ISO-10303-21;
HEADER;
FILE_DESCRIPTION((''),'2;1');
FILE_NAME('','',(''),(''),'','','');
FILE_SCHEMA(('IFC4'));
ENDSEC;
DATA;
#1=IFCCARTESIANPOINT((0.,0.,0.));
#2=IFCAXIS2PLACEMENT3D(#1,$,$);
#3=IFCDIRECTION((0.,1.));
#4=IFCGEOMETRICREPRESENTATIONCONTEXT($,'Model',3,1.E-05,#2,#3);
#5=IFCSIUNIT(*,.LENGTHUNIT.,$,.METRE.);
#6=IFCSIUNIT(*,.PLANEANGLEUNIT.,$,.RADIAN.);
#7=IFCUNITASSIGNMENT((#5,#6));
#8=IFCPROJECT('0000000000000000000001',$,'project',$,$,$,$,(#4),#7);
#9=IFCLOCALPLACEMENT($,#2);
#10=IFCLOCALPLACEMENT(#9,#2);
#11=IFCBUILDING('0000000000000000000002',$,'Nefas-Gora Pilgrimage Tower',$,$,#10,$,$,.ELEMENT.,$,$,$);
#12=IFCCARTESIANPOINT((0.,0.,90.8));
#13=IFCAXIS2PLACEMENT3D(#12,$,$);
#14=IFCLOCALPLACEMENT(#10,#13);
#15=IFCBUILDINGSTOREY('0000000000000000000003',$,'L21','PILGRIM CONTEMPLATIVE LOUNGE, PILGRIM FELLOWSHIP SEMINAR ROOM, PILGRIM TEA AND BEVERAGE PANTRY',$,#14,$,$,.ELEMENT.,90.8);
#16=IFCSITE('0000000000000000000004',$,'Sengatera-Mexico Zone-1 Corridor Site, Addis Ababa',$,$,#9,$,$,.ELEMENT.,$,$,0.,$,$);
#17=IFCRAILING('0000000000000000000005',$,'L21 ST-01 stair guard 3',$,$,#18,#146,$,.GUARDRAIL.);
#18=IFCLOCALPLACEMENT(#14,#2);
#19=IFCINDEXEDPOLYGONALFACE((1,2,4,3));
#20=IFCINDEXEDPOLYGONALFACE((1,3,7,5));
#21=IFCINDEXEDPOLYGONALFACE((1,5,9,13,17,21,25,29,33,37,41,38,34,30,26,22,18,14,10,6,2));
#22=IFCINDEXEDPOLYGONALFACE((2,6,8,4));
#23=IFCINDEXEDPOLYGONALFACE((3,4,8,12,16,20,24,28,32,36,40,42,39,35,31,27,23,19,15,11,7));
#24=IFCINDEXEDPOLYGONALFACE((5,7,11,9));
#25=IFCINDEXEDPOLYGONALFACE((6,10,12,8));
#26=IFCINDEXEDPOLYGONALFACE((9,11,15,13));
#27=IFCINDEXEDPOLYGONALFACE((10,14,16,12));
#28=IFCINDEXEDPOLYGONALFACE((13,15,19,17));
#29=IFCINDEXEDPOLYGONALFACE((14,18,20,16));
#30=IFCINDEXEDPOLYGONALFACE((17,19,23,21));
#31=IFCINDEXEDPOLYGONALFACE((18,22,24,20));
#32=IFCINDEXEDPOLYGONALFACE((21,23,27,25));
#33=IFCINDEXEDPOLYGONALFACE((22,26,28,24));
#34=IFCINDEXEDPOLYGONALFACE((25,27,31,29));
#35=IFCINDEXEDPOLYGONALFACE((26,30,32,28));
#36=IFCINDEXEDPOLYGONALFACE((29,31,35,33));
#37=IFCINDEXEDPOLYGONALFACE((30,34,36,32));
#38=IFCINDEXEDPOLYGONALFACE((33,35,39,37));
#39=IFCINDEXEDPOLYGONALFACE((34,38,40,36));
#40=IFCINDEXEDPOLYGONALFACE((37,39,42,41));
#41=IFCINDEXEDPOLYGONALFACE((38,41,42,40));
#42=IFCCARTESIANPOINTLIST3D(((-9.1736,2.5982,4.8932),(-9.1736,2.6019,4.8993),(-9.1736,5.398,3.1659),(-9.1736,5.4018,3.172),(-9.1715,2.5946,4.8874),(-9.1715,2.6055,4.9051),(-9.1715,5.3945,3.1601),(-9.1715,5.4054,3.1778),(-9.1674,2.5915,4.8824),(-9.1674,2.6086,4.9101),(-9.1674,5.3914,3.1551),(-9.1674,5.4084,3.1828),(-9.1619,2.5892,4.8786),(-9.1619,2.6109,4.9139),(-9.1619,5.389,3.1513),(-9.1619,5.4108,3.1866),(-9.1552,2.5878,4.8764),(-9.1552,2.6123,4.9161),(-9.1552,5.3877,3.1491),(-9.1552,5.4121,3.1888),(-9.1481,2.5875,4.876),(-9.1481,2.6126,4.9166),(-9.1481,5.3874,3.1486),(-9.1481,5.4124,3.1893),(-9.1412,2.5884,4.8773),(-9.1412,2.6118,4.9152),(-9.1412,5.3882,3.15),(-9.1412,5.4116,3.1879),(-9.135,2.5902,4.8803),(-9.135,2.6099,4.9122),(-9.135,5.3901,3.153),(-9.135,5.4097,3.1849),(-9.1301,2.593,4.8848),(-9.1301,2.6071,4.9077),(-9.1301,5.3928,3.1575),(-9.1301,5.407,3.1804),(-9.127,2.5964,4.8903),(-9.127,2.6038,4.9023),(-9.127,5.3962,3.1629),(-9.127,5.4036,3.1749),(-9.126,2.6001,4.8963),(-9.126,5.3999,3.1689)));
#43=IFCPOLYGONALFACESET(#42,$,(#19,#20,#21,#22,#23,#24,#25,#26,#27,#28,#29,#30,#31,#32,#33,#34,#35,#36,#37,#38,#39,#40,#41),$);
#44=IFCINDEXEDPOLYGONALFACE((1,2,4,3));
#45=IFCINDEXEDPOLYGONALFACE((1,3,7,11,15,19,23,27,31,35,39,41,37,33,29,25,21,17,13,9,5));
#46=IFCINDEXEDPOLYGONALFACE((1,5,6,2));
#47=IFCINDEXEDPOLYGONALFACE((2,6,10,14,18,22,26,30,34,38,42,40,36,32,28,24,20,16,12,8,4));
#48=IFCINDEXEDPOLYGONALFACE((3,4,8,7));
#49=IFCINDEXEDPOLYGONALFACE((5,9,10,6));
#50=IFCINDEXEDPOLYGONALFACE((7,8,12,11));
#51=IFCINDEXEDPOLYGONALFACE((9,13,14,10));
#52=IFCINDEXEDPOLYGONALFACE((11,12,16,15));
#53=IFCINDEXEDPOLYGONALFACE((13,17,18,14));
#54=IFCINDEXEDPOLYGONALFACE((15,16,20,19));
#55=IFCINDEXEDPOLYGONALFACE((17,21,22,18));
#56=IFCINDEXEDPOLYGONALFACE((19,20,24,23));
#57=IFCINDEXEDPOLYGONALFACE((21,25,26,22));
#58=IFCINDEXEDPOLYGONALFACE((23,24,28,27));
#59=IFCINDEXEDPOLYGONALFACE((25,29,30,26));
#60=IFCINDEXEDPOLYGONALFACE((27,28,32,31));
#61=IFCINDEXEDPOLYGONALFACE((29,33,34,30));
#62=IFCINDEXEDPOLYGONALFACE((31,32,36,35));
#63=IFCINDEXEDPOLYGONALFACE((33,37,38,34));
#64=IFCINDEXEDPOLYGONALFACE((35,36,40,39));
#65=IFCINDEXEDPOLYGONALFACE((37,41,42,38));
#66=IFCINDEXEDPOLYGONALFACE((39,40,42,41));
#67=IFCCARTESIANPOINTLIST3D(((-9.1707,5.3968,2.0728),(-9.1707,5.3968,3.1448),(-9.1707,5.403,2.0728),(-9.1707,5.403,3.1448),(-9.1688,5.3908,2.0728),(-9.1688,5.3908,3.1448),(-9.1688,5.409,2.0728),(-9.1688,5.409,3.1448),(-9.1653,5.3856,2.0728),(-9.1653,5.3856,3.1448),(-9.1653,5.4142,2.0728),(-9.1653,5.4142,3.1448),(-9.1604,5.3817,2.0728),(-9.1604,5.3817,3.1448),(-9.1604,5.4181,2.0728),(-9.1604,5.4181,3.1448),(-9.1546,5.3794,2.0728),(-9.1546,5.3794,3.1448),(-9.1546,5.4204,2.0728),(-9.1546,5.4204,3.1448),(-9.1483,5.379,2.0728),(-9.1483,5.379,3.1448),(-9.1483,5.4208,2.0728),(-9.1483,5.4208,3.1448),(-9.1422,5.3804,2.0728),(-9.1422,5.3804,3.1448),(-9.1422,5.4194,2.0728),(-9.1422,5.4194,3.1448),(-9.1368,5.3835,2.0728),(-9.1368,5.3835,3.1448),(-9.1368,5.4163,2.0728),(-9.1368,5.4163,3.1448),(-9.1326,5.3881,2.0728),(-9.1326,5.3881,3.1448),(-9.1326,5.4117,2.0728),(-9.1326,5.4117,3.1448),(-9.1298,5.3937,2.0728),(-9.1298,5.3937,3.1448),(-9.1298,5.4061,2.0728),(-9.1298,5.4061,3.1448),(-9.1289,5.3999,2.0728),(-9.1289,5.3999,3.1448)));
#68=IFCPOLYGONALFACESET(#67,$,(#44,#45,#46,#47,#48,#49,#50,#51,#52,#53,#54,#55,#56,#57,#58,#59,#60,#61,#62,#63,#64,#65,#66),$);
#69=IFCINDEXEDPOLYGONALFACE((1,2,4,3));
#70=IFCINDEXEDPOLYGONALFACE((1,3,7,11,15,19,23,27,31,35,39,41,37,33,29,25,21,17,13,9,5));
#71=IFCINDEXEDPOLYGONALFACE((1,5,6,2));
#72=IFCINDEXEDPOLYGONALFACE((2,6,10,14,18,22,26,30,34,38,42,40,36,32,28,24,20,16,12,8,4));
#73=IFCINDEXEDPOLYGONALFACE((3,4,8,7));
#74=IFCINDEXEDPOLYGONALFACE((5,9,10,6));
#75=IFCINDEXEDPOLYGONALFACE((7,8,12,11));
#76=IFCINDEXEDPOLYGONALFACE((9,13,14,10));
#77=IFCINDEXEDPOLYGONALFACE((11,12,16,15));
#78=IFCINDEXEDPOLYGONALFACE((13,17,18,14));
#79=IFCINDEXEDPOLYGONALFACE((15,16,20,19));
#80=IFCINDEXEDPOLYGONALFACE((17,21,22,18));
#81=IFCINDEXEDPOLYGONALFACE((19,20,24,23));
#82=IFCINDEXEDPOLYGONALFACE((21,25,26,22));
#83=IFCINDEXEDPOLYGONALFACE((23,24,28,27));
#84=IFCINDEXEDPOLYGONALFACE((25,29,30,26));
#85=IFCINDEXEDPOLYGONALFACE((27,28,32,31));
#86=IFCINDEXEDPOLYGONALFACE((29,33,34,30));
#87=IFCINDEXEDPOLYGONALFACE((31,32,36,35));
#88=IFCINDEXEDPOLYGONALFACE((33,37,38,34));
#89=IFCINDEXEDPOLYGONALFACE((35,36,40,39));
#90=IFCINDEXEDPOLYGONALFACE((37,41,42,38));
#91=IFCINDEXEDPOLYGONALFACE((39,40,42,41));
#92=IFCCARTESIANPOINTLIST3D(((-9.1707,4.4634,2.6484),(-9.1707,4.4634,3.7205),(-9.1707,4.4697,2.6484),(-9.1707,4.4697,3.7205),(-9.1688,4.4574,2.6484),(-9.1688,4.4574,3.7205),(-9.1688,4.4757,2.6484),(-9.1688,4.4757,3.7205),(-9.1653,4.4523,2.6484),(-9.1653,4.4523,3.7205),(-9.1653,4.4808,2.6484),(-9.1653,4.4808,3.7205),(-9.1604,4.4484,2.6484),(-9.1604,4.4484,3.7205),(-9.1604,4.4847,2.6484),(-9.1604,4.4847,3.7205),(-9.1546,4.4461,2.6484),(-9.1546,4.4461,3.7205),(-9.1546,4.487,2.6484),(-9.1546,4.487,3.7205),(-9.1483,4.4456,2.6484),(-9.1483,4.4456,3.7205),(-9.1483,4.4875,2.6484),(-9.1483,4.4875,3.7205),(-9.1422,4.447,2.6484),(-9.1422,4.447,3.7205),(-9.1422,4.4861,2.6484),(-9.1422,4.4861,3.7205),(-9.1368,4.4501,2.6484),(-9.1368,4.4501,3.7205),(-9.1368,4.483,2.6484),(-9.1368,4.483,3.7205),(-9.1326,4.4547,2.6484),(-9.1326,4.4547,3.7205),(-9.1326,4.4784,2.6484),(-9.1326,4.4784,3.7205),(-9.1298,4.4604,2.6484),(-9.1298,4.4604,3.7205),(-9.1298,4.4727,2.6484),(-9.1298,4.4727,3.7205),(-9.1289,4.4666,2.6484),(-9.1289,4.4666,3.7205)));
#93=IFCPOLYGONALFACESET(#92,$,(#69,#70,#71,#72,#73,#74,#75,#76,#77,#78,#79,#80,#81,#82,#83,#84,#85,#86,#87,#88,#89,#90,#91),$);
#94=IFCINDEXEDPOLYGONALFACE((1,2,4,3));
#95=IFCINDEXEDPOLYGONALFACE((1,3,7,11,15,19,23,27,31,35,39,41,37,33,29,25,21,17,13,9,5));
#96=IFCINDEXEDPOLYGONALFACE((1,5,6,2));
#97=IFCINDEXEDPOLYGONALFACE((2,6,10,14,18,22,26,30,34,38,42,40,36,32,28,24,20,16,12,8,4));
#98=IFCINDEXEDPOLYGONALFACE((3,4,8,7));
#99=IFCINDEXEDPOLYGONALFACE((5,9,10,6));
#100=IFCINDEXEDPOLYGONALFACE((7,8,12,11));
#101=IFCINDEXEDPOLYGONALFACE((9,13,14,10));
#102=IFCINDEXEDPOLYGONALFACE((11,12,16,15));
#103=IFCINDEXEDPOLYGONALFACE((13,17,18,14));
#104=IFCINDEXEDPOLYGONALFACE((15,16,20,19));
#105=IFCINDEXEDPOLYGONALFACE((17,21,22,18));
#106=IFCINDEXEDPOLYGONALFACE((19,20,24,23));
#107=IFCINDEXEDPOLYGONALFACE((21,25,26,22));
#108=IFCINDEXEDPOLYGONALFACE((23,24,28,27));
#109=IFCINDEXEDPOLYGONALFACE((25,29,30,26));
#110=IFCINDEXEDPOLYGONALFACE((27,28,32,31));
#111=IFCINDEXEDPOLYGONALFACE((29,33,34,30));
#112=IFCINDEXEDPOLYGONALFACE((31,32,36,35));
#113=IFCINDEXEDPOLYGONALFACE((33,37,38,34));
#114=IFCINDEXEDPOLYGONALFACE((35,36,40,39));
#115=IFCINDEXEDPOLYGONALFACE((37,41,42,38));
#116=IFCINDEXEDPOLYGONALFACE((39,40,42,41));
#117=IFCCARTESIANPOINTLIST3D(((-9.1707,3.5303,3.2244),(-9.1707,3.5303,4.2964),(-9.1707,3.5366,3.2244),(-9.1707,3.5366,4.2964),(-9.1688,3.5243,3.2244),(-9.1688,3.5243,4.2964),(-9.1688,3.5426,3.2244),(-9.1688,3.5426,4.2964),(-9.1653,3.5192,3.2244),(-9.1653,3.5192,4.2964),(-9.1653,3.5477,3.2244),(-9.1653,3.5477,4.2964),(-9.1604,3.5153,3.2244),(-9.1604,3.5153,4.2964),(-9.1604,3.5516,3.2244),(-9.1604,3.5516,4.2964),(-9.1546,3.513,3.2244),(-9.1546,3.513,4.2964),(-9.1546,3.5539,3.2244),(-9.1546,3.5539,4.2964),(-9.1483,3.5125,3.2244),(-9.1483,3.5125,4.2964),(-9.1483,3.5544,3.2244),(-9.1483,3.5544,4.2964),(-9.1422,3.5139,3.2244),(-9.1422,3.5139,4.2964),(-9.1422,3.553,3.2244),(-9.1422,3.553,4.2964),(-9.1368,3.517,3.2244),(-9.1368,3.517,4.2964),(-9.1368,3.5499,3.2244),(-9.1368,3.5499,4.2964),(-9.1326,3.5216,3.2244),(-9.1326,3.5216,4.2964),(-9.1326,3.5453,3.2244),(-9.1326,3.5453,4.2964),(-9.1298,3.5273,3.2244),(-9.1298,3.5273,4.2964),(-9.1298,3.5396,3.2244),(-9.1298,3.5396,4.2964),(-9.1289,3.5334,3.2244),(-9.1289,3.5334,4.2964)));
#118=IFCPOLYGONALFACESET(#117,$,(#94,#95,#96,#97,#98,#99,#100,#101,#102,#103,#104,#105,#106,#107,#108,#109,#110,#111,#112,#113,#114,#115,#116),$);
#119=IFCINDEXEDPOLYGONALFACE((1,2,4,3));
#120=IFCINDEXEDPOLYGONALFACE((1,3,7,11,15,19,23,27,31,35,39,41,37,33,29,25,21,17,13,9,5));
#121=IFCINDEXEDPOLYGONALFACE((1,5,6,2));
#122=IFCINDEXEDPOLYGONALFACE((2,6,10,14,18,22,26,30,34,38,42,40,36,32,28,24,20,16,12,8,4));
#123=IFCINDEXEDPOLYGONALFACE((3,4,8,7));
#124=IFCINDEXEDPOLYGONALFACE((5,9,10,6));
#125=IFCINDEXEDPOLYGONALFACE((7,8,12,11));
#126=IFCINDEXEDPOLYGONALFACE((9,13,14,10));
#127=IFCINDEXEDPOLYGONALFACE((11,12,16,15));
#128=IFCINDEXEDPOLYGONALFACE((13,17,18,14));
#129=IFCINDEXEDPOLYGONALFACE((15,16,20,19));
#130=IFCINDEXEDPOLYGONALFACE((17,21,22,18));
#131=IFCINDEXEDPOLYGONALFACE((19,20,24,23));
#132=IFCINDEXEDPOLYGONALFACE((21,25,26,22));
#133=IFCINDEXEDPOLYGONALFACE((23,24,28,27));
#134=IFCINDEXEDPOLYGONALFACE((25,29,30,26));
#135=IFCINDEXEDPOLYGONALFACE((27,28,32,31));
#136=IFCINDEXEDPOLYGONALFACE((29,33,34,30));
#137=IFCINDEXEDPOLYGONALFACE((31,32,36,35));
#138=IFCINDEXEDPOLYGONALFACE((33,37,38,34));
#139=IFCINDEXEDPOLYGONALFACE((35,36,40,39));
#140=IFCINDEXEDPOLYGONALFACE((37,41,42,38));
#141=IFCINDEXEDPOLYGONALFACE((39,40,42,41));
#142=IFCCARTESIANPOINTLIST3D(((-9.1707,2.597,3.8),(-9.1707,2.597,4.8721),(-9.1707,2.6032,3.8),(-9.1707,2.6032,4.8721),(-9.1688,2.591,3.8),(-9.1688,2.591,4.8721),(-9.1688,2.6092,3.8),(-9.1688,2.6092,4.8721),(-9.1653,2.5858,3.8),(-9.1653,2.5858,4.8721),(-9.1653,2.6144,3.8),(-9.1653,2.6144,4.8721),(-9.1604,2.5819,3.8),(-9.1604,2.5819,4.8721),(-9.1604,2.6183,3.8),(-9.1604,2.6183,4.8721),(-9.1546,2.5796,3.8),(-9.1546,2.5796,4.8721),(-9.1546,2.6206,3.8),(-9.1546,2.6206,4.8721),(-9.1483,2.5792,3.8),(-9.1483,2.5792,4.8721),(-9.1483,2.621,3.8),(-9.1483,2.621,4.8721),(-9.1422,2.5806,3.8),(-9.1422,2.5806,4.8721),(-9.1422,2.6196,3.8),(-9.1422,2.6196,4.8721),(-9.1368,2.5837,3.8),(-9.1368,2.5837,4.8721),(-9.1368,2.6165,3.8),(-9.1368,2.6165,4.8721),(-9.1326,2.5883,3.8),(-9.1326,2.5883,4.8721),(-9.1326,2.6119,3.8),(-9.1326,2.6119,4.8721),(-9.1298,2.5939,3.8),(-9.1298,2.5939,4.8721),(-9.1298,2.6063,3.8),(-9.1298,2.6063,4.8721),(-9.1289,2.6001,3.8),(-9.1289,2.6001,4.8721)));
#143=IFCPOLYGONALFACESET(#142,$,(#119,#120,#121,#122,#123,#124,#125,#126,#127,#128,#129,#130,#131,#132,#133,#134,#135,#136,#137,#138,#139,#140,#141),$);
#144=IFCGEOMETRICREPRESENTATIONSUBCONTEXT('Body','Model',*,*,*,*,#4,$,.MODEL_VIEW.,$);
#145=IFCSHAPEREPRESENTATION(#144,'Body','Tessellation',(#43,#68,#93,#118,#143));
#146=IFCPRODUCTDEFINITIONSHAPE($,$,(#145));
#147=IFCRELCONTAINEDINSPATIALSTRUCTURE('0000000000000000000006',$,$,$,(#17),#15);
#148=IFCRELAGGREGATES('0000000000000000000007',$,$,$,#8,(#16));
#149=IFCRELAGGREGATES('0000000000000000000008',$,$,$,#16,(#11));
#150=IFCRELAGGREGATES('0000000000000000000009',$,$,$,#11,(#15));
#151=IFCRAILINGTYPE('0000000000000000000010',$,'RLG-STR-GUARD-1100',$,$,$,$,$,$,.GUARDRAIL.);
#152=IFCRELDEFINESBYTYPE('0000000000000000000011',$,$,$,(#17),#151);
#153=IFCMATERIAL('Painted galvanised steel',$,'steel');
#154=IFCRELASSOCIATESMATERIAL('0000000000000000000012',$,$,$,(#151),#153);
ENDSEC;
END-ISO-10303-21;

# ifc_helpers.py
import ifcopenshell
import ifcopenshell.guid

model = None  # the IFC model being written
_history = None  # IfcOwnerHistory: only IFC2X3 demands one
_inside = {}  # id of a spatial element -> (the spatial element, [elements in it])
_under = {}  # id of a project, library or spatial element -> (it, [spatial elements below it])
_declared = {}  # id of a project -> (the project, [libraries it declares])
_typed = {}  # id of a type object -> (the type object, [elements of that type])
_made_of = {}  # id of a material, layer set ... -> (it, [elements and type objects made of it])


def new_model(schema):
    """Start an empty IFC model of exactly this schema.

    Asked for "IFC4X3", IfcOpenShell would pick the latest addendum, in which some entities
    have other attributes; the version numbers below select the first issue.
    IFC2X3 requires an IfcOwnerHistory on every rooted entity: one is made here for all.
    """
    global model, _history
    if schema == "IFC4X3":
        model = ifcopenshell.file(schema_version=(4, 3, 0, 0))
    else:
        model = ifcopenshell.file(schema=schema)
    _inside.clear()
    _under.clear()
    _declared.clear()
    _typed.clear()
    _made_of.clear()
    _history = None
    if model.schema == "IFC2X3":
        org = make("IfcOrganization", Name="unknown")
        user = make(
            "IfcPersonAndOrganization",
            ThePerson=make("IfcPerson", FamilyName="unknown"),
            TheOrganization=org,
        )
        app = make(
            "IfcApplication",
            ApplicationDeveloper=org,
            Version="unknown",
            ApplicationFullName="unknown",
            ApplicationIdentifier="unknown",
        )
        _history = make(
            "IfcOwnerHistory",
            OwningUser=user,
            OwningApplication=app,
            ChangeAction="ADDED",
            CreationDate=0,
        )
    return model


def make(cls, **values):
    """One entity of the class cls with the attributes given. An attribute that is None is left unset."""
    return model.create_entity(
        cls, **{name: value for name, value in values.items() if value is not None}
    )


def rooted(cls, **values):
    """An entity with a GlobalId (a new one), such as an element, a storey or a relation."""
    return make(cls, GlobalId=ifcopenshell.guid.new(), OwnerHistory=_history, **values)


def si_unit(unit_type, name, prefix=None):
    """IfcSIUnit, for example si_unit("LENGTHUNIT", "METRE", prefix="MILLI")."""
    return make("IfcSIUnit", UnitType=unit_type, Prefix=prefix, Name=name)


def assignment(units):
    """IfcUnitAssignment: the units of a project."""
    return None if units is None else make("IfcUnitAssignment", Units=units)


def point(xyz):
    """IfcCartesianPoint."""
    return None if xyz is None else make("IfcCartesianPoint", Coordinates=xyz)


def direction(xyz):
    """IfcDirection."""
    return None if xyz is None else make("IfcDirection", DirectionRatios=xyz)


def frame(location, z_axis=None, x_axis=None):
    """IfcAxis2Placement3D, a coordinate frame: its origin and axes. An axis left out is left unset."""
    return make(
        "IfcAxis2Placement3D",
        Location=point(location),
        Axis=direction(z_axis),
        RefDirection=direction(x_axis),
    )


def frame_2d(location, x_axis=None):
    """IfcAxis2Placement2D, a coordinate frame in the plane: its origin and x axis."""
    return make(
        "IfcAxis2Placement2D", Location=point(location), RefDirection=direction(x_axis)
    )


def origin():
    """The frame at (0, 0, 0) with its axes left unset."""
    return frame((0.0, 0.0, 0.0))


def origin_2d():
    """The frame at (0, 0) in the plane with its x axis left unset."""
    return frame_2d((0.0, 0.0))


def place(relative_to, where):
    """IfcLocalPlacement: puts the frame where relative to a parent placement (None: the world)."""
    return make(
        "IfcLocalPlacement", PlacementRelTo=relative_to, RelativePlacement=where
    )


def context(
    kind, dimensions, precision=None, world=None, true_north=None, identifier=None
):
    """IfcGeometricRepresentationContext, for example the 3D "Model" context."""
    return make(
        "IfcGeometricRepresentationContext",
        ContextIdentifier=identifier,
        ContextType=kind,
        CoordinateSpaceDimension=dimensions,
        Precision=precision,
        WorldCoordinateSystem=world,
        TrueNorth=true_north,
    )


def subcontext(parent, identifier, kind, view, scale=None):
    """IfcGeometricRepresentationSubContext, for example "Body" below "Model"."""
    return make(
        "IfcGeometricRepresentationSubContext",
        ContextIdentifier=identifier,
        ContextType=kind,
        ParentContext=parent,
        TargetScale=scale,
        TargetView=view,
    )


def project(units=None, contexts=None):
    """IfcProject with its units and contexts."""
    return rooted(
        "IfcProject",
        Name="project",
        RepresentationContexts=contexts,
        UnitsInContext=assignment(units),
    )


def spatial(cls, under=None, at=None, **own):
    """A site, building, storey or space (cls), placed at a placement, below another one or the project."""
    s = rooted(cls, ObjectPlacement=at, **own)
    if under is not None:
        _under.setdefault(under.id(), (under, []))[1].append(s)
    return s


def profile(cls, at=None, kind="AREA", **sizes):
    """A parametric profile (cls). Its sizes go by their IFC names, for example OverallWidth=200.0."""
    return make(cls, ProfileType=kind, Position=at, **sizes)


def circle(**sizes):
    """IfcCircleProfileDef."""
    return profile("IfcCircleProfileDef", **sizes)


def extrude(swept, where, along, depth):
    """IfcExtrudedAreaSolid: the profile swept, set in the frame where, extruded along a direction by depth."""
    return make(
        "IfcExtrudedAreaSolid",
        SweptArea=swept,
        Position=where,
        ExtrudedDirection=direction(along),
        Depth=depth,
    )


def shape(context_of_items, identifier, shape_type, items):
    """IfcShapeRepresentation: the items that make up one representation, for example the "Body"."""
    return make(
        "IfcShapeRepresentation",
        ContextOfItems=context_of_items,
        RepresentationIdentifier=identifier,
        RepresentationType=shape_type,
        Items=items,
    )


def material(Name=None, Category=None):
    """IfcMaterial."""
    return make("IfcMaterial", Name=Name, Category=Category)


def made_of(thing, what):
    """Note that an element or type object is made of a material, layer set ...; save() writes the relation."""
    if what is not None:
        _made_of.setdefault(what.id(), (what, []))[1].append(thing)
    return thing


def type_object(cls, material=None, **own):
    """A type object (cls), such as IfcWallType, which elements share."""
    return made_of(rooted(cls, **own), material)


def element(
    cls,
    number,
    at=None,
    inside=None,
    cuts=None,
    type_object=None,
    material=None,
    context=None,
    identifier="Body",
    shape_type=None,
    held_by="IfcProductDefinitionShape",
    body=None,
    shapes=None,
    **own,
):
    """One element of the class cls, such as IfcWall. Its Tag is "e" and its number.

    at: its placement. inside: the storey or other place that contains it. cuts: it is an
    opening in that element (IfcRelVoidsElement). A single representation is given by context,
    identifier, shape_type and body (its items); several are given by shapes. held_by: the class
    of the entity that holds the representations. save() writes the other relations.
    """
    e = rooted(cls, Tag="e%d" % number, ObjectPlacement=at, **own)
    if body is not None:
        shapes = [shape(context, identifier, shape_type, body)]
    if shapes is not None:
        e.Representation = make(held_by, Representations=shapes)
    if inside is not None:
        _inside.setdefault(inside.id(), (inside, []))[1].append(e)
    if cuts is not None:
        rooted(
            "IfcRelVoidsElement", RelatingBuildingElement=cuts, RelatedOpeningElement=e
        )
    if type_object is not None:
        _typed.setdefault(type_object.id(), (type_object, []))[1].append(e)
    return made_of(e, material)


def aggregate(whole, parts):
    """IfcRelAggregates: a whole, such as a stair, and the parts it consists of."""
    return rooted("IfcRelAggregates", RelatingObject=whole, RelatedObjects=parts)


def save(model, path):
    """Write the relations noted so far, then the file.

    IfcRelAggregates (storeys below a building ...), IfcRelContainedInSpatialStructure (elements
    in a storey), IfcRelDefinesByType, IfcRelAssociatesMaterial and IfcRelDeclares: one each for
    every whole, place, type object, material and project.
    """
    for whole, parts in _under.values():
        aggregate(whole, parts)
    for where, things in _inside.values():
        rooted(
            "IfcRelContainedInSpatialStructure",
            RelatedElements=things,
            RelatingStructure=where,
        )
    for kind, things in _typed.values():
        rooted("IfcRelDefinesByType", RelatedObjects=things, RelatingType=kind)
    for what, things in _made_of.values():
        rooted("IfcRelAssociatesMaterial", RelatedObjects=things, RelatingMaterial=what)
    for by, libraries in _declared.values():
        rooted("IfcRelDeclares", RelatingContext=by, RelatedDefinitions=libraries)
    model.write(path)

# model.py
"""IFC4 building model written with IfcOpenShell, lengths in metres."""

from ifc_helpers import new_model, si_unit, direction, frame, origin, origin_2d, place, context, subcontext, project, spatial, circle, extrude, material, type_object, element, save


model = new_model("IFC4")

# Units and contexts
model_context = context("Model", 3, precision=1e-05, world=origin(), true_north=direction((0.0, 1.0)))
body_context = subcontext(model_context, "Body", "Model", "MODEL_VIEW")
ifc_project = project(units=[si_unit("LENGTHUNIT", "METRE"), si_unit("PLANEANGLEUNIT", "RADIAN")], contexts=[model_context])

# Site, building, storey
site_placement = place(None, origin())
site = spatial("IfcSite", under=ifc_project, at=site_placement, Name="Sengatera-Mexico Zone-1 Corridor Site, Addis Ababa", CompositionType="ELEMENT", RefElevation=0.0)
building_placement = place(site_placement, origin())
building = spatial("IfcBuilding", under=site, at=building_placement, Name="Nefas-Gora Pilgrimage Tower", CompositionType="ELEMENT")
storey_placement = place(building_placement, frame((0.0, 0.0, 90.8)))
storey = spatial("IfcBuildingStorey", under=building, at=storey_placement, Name="L21", Description="PILGRIM CONTEMPLATIVE LOUNGE, PILGRIM FELLOWSHIP SEMINAR ROOM, PILGRIM TEA AND BEVERAGE PANTRY", CompositionType="ELEMENT", Elevation=90.8)

# Railing
ifc_material_1 = material(Name="Painted galvanised steel", Category="steel")
railing_type_1 = type_object("IfcRailingType", Name="RLG-STR-GUARD-1100", PredefinedType="GUARDRAIL", material=ifc_material_1)
railing_1_placement = place(storey_placement, frame((-9.1499, 5.3999, 2.0728)))
element("IfcRailing", 1, at=railing_1_placement, inside=storey, type_object=railing_type_1, Name="L21 ST-01 stair guard 3", PredefinedType="GUARDRAIL", context=body_context, shape_type="SweptSolid", body=[
    extrude(circle(Radius=0.0239, at=origin_2d()), frame((0.0, 0.0, 1.0962), z_axis=(0.0, -0.851069, 0.525054), x_axis=(1.0, 0.0, 0.0)), (0.0, 0.0, 1.0), 3.2898),
    extrude(circle(Radius=0.021, at=origin_2d()), origin(), (0.0, 0.0, 1.0), 1.072),
    extrude(circle(Radius=0.021, at=origin_2d()), frame((0.0, -0.9333, 0.5757)), (0.0, 0.0, 1.0), 1.072),
    extrude(circle(Radius=0.021, at=origin_2d()), frame((0.0, -1.8665, 1.1516)), (0.0, 0.0, 1.0), 1.072),
    extrude(circle(Radius=0.021, at=origin_2d()), frame((0.0, -2.7998, 1.7273)), (0.0, 0.0, 1.0), 1.072),
])

save(model, "model.ifc")
